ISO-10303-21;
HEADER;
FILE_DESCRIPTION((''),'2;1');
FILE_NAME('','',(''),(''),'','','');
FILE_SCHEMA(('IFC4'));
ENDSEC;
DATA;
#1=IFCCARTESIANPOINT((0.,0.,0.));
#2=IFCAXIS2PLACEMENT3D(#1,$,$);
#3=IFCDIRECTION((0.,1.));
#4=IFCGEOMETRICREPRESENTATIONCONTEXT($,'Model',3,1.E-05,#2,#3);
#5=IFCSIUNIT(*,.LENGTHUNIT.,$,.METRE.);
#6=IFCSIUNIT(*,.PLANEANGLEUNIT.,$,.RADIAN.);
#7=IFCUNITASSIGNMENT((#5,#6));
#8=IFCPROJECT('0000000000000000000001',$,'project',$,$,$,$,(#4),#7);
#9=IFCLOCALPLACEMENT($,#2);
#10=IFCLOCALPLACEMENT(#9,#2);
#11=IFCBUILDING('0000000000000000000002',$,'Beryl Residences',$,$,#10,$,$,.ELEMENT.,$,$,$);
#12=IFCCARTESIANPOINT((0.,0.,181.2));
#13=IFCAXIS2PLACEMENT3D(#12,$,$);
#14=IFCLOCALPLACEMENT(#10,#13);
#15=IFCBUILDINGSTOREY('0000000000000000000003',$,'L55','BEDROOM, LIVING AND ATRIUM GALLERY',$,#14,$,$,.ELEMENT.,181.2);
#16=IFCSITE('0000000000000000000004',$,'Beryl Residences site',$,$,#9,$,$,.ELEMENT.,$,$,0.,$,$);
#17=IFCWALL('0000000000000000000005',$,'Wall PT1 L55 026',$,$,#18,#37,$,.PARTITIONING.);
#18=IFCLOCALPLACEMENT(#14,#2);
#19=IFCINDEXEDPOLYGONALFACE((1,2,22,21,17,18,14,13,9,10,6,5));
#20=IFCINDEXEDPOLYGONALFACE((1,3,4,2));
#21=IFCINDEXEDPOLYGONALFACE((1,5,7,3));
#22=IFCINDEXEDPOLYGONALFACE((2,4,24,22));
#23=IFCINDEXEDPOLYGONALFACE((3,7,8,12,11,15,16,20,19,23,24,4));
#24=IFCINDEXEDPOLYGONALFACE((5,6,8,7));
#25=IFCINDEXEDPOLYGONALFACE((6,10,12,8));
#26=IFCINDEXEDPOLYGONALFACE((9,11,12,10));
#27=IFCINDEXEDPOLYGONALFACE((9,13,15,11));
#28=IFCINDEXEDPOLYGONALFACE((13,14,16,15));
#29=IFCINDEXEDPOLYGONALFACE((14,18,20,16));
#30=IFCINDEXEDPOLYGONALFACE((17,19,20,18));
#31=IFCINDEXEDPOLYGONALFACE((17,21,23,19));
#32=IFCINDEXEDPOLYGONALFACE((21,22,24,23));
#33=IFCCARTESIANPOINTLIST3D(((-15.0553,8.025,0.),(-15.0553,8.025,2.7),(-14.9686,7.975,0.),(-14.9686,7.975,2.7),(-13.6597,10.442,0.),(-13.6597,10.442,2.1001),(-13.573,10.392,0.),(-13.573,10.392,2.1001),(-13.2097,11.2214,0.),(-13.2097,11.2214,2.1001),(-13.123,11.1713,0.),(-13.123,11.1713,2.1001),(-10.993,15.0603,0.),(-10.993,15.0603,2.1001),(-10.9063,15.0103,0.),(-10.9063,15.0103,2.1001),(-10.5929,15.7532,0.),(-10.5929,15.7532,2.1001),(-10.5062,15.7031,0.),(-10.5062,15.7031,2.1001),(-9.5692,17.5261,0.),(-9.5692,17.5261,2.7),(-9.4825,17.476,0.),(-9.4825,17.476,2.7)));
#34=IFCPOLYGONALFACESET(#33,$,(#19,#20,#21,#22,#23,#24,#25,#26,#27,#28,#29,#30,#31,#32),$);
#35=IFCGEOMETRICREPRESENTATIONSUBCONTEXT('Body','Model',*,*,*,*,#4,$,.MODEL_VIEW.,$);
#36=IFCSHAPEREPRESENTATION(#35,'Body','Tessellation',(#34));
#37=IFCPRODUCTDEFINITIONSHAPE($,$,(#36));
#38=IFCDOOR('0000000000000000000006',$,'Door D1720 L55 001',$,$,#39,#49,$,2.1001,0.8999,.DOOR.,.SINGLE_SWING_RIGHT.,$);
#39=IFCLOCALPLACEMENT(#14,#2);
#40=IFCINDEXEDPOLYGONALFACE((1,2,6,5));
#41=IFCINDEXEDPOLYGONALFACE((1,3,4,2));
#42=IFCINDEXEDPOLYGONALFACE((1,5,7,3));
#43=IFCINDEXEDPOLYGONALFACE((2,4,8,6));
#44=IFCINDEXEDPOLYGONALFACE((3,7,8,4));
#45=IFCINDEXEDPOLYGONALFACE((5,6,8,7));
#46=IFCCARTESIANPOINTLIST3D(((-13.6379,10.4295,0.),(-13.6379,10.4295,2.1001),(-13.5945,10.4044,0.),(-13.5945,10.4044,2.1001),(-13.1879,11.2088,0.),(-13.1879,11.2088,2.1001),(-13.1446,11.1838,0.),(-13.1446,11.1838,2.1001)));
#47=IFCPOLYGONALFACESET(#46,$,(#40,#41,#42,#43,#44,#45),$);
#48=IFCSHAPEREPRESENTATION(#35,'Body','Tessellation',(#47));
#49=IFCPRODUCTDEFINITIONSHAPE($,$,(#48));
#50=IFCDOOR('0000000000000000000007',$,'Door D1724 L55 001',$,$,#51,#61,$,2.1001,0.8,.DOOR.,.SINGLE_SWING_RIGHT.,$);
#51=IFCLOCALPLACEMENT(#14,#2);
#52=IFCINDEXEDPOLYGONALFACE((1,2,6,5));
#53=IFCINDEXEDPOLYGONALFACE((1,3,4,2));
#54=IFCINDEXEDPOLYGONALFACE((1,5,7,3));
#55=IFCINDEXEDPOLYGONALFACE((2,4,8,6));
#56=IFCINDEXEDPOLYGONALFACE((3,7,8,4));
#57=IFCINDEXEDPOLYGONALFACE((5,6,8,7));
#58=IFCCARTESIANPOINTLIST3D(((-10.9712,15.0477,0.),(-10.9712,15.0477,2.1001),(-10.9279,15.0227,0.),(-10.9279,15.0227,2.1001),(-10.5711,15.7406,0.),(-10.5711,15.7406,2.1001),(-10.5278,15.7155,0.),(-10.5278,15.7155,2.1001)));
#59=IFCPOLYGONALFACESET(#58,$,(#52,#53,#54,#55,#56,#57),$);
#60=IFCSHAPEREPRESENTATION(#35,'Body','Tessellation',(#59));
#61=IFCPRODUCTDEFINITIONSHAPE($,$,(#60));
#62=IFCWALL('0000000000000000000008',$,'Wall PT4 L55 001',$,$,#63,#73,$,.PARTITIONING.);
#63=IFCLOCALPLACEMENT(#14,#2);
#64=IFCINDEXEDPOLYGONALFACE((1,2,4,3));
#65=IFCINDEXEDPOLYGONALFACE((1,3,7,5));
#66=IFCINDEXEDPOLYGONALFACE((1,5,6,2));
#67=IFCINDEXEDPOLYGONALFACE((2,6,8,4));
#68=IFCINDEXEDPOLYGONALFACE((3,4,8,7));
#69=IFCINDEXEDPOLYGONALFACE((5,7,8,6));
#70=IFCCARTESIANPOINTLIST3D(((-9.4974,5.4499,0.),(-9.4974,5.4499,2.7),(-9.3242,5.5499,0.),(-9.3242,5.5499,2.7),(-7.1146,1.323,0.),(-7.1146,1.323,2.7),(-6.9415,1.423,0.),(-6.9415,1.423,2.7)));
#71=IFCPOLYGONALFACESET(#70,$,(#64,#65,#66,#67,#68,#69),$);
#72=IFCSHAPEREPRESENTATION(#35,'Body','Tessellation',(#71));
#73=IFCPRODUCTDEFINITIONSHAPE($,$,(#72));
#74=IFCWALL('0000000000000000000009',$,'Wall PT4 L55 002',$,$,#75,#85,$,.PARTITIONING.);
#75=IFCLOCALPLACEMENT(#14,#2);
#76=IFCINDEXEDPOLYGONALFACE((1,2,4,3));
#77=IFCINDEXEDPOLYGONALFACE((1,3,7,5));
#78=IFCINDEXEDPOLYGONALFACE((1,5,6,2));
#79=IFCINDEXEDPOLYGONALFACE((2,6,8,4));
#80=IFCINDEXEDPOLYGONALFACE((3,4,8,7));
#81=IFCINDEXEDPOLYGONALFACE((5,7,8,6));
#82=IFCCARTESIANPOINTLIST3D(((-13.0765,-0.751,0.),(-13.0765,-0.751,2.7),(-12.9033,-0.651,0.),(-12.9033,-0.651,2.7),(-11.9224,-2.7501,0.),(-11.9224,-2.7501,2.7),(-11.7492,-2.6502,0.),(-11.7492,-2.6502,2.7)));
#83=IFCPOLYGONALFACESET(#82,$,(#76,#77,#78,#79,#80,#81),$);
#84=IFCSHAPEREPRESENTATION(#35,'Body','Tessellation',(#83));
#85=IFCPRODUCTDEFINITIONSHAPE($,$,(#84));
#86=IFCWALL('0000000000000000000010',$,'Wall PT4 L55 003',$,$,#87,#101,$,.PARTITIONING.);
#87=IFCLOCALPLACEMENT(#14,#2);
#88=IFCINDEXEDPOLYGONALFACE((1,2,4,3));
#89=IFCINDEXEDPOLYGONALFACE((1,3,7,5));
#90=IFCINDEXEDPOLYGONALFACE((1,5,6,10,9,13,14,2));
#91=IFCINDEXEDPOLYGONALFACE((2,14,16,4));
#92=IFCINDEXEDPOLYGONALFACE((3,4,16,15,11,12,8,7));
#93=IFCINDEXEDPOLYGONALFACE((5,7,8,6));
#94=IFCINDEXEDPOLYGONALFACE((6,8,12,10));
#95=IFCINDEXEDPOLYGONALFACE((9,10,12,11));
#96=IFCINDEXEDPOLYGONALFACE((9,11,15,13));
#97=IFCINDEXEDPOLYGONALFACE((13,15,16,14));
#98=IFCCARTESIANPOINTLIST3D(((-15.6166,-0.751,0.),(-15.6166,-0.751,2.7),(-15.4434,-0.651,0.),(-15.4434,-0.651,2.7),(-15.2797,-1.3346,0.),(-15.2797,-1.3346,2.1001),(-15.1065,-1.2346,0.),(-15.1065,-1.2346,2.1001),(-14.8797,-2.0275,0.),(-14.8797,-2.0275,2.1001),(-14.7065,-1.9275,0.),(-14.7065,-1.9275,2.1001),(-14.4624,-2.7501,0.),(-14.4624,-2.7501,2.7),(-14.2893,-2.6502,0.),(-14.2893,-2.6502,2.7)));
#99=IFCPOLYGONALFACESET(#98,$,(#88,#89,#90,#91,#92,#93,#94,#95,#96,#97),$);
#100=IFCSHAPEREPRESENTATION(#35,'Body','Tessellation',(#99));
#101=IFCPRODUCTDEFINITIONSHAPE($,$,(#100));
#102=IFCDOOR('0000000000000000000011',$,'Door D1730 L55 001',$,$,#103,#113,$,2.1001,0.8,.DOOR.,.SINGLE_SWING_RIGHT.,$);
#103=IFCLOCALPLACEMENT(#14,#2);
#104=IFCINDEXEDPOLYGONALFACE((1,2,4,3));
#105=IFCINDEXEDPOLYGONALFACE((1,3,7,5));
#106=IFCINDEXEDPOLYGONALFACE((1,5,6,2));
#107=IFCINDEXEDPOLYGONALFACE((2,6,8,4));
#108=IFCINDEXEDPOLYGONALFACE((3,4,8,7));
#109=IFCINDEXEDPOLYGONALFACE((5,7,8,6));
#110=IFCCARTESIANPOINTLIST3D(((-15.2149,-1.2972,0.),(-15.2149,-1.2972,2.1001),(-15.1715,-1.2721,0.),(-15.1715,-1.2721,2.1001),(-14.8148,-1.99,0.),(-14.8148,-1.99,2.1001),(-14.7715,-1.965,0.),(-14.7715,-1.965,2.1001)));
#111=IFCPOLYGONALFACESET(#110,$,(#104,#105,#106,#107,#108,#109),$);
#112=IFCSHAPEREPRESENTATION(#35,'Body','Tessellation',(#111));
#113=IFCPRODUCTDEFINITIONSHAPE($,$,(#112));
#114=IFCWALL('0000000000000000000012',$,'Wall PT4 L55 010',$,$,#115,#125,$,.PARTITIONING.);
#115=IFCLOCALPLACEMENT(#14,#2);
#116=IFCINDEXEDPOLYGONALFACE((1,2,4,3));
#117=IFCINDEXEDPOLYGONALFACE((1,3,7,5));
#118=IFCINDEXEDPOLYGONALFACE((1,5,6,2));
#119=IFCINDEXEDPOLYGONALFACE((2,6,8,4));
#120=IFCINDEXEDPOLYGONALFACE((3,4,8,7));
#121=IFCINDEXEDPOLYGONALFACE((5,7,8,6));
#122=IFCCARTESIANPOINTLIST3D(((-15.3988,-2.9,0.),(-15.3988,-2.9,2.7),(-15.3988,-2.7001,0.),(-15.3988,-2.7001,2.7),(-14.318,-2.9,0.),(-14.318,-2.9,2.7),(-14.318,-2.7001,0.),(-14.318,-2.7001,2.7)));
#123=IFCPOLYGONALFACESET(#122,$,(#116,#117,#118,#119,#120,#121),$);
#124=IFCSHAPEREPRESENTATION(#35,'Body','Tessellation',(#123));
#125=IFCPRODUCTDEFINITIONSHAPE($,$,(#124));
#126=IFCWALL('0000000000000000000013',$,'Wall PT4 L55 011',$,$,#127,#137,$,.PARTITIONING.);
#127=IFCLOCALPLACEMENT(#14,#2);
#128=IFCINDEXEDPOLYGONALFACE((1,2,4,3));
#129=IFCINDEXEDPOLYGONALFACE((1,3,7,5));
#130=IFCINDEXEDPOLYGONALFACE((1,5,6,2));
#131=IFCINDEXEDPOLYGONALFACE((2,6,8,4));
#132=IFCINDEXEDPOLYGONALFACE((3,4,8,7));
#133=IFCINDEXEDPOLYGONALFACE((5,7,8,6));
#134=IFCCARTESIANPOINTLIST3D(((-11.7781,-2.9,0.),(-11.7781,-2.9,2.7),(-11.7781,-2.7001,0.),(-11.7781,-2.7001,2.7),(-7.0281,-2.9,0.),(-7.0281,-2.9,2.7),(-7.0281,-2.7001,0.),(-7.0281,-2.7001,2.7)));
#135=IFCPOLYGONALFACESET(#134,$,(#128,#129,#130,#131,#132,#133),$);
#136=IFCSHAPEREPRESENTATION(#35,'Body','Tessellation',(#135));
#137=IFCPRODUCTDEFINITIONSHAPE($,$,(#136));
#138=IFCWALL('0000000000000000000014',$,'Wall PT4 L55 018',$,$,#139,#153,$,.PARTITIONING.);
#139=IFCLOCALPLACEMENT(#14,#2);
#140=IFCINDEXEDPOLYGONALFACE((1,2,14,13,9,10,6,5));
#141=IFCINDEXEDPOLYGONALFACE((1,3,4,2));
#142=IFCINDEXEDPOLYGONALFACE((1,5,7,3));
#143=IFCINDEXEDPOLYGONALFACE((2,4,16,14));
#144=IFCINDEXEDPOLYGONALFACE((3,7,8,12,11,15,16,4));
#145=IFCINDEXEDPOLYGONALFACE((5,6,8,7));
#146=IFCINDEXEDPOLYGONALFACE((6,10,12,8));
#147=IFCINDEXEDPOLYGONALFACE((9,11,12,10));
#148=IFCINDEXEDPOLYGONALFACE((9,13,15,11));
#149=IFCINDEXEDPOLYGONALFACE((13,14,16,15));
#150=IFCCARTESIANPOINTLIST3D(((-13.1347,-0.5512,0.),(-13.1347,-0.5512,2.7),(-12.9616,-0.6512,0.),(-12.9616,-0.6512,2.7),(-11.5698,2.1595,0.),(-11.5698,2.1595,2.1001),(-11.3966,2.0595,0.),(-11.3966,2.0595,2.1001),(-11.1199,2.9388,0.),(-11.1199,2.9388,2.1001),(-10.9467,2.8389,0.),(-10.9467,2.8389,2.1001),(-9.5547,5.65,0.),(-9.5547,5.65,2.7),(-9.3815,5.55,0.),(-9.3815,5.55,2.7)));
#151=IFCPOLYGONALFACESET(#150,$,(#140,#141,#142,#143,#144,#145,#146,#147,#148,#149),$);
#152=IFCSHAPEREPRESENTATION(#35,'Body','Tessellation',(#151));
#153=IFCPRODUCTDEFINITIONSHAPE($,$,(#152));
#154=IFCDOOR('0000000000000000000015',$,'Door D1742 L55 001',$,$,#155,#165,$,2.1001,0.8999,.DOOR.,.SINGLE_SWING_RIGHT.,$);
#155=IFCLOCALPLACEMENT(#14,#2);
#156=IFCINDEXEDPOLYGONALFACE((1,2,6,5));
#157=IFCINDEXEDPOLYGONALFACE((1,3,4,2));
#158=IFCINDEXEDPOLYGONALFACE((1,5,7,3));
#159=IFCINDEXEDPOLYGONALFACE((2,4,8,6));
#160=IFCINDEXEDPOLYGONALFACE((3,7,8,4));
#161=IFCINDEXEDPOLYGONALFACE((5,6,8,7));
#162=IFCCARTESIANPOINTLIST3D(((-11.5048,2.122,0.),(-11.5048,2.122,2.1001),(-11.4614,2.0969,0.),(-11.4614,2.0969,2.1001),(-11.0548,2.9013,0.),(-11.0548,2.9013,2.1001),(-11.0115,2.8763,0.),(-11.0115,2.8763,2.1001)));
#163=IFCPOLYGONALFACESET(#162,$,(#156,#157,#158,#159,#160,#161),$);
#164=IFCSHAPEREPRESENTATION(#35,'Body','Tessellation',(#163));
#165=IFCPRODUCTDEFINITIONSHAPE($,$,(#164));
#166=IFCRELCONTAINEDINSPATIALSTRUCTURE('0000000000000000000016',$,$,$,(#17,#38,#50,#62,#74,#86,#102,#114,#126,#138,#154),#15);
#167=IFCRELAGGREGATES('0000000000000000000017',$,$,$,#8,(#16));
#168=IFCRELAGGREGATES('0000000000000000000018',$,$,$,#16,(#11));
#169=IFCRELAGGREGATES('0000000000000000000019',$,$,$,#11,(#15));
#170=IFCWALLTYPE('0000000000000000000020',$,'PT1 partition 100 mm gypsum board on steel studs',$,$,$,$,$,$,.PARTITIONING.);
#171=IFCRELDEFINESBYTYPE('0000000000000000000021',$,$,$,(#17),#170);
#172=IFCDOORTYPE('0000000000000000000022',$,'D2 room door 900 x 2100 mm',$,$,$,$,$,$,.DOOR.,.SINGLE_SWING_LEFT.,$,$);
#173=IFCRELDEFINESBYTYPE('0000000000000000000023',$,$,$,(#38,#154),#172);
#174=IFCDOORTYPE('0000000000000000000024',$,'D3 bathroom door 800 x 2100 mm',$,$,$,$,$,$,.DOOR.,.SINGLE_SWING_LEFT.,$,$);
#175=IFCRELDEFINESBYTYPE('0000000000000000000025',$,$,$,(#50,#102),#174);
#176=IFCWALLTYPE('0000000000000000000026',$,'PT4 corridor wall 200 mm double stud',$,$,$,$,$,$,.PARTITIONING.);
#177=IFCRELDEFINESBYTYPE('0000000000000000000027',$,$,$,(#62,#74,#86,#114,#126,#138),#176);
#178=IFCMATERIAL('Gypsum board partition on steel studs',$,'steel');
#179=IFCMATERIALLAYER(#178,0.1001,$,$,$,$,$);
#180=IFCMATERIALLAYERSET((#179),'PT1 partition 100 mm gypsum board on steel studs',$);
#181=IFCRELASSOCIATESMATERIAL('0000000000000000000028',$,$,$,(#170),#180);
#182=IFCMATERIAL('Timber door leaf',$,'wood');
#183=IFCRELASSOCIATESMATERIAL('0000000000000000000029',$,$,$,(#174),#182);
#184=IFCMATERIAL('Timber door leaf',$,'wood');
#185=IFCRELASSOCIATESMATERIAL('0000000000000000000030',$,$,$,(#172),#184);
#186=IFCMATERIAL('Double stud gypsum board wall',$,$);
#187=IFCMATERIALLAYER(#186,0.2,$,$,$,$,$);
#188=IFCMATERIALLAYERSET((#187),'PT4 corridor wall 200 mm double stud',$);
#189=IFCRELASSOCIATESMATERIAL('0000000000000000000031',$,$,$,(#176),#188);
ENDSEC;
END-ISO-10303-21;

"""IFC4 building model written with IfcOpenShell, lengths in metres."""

from ifc_helpers import new_model, si_unit, direction, frame, frame_2d, origin, place, context, subcontext, project, spatial, rectangle, extrude, material, layer, layer_set, type_object, element, fill, save


model = new_model("IFC4")

# Units and contexts
model_context = context("Model", 3, precision=1e-05, world=origin(), true_north=direction((0.0, 1.0)))
body_context = subcontext(model_context, "Body", "Model", "MODEL_VIEW")
ifc_project = project(units=[si_unit("LENGTHUNIT", "METRE"), si_unit("PLANEANGLEUNIT", "RADIAN")], contexts=[model_context])

# Site, building, storey
site_placement = place(None, origin())
site = spatial("IfcSite", under=ifc_project, at=site_placement, Name="Beryl Residences site", CompositionType="ELEMENT", RefElevation=0.0)
building_placement = place(site_placement, origin())
building = spatial("IfcBuilding", under=site, at=building_placement, Name="Beryl Residences", CompositionType="ELEMENT")
storey_placement = place(building_placement, frame((0.0, 0.0, 181.2)))
storey = spatial("IfcBuildingStorey", under=building, at=storey_placement, Name="L55", Description="BEDROOM, LIVING AND ATRIUM GALLERY", CompositionType="ELEMENT", Elevation=181.2)

# Shared definitions
ifc_material_1 = material(Name="Gypsum board partition on steel studs", Category="steel")
ifc_layer_1 = layer(ifc_material_1, 0.1001)
ifc_layer_set_1 = layer_set([ifc_layer_1], Name="PT1 partition 100 mm gypsum board on steel studs")
wall_type_1 = type_object("IfcWallType", Name="PT1 partition 100 mm gypsum board on steel studs", PredefinedType="PARTITIONING", material=ifc_layer_set_1)
ifc_material_2 = material(Name="Timber door leaf", Category="wood")
door_type_1 = type_object("IfcDoorType", Name="D3 bathroom door 800 x 2100 mm", OperationType="SINGLE_SWING_LEFT", PredefinedType="DOOR", material=ifc_material_2)
ifc_material_3 = material(Name="Timber door leaf", Category="wood")
door_type_2 = type_object("IfcDoorType", Name="D2 room door 900 x 2100 mm", OperationType="SINGLE_SWING_LEFT", PredefinedType="DOOR", material=ifc_material_3)

# Wall, openings, doors
wall_1_placement = place(storey_placement, frame((-15.012, 8.0, 0.0), z_axis=(0.0, 0.0, 1.0), x_axis=(0.500047, 0.865998, 0.0)))
wall_1 = element("IfcWall", 1, at=wall_1_placement, inside=storey, type_object=wall_type_1, Name="Wall PT1 L55 026", PredefinedType="PARTITIONING", context=body_context, shape_type="SweptSolid", body=[
    extrude(rectangle(XDim=10.9712, YDim=0.1001, at=frame_2d((5.4856, 0.0))), origin(), (0.0, 0.0, 1.0), 2.7),
])
opening_1_placement = place(wall_1_placement, frame((2.791, 0.0, 0.0)))
opening_1 = element("IfcOpeningElement", 2, at=opening_1_placement, cuts=wall_1, PredefinedType="OPENING", context=body_context, shape_type="SweptSolid", body=[
    extrude(rectangle(XDim=0.8999, YDim=2.1001, at=frame_2d((0.45, 1.05))), frame((0.0, 0.0601, 0.0), z_axis=(0.0, -1.0, 0.0), x_axis=(1.0, 0.0, 0.0)), (0.0, 0.0, 1.0), 0.1201),
])
opening_2_placement = place(wall_1_placement, frame((8.124, 0.0, 0.0)))
opening_2 = element("IfcOpeningElement", 3, at=opening_2_placement, cuts=wall_1, PredefinedType="OPENING", context=body_context, shape_type="SweptSolid", body=[
    extrude(rectangle(XDim=0.8, YDim=2.1001, at=frame_2d((0.3999, 1.05))), frame((0.0, 0.0601, 0.0), z_axis=(0.0, -1.0, 0.0), x_axis=(1.0, 0.0, 0.0)), (0.0, 0.0, 1.0), 0.1201),
])
door_1_placement = place(opening_1_placement, origin())
door_1 = element("IfcDoor", 4, at=door_1_placement, inside=storey, type_object=door_type_2, Name="Door D1720 L55 001", OperationType="SINGLE_SWING_RIGHT", OverallHeight=2.1001, OverallWidth=0.8999, PredefinedType="DOOR", context=body_context, shape_type="SweptSolid", body=[
    extrude(rectangle(XDim=0.8999, YDim=2.1001, at=frame_2d((0.45, 1.05))), frame((0.0, 0.0249, 0.0), z_axis=(0.0, -1.0, 0.0), x_axis=(1.0, 0.0, 0.0)), (0.0, 0.0, 1.0), 0.05),
])
fill(opening_1, door_1)
door_2_placement = place(opening_2_placement, origin())
door_2 = element("IfcDoor", 5, at=door_2_placement, inside=storey, type_object=door_type_1, Name="Door D1724 L55 001", OperationType="SINGLE_SWING_RIGHT", OverallHeight=2.1001, OverallWidth=0.8, PredefinedType="DOOR", context=body_context, shape_type="SweptSolid", body=[
    extrude(rectangle(XDim=0.8, YDim=2.1001, at=frame_2d((0.3999, 1.05))), frame((0.0, 0.0249, 0.0), z_axis=(0.0, -1.0, 0.0), x_axis=(1.0, 0.0, 0.0)), (0.0, 0.0, 1.0), 0.05),
])
fill(opening_2, door_2)

# Walls
ifc_material_4 = material(Name="Double stud gypsum board wall")
ifc_layer_2 = layer(ifc_material_4, 0.2)
ifc_layer_set_2 = layer_set([ifc_layer_2], Name="PT4 corridor wall 200 mm double stud")
wall_type_2 = type_object("IfcWallType", Name="PT4 corridor wall 200 mm double stud", PredefinedType="PARTITIONING", material=ifc_layer_set_2)
wall_2_placement = place(storey_placement, frame((-9.4109, 5.5, 0.0), z_axis=(0.0, 0.0, 1.0), x_axis=(0.500018, -0.866015, 0.0)))
element("IfcWall", 6, at=wall_2_placement, inside=storey, type_object=wall_type_2, Name="Wall PT4 L55 001", PredefinedType="PARTITIONING", context=body_context, shape_type="SweptSolid", body=[
    extrude(rectangle(XDim=4.7654, YDim=0.2, at=frame_2d((2.3828, 0.0))), origin(), (0.0, 0.0, 1.0), 2.7),
])
wall_3_placement = place(storey_placement, frame((-12.99, -0.7009, 0.0), z_axis=(0.0, 0.0, 1.0), x_axis=(0.499973, -0.866041, 0.0)))
element("IfcWall", 7, at=wall_3_placement, inside=storey, type_object=wall_type_2, Name="Wall PT4 L55 002", PredefinedType="PARTITIONING", context=body_context, shape_type="SweptSolid", body=[
    extrude(rectangle(XDim=2.3083, YDim=0.2, at=frame_2d((1.1543, 0.0))), origin(), (0.0, 0.0, 1.0), 2.7),
])

# Wall, opening, door
wall_4_placement = place(storey_placement, frame((-15.53, -0.7009, 0.0), z_axis=(0.0, 0.0, 1.0), x_axis=(0.499973, -0.866041, 0.0)))
wall_4 = element("IfcWall", 8, at=wall_4_placement, inside=storey, type_object=wall_type_2, Name="Wall PT4 L55 003", PredefinedType="PARTITIONING", context=body_context, shape_type="SweptSolid", body=[
    extrude(rectangle(XDim=2.3083, YDim=0.2, at=frame_2d((1.1543, 0.0))), origin(), (0.0, 0.0, 1.0), 2.7),
])
opening_3_placement = place(wall_4_placement, frame((0.6741, 0.0, 0.0)))
opening_3 = element("IfcOpeningElement", 9, at=opening_3_placement, cuts=wall_4, PredefinedType="OPENING", context=body_context, shape_type="SweptSolid", body=[
    extrude(rectangle(XDim=0.8, YDim=2.1001, at=frame_2d((0.3999, 1.05))), frame((0.0, 0.1099, 0.0), z_axis=(0.0, -1.0, 0.0), x_axis=(1.0, 0.0, 0.0)), (0.0, 0.0, 1.0), 0.22),
])
door_3_placement = place(opening_3_placement, origin())
door_3 = element("IfcDoor", 10, at=door_3_placement, inside=storey, type_object=door_type_1, Name="Door D1730 L55 001", OperationType="SINGLE_SWING_RIGHT", OverallHeight=2.1001, OverallWidth=0.8, PredefinedType="DOOR", context=body_context, shape_type="SweptSolid", body=[
    extrude(rectangle(XDim=0.8, YDim=2.1001, at=frame_2d((0.3999, 1.05))), frame((0.0, 0.0249, 0.0), z_axis=(0.0, -1.0, 0.0), x_axis=(1.0, 0.0, 0.0)), (0.0, 0.0, 1.0), 0.05),
])
fill(opening_3, door_3)

# Walls
wall_5_placement = place(storey_placement, frame((-15.3989, -2.8, 0.0), z_axis=(0.0, 0.0, 1.0), x_axis=(1.0, 0.0, 0.0)))
element("IfcWall", 11, at=wall_5_placement, inside=storey, type_object=wall_type_2, Name="Wall PT4 L55 010", PredefinedType="PARTITIONING", context=body_context, shape_type="SweptSolid", body=[
    extrude(rectangle(XDim=1.0808, YDim=0.2, at=frame_2d((0.5405, 0.0))), origin(), (0.0, 0.0, 1.0), 2.7),
])
wall_6_placement = place(storey_placement, frame((-11.7781, -2.8, 0.0), z_axis=(0.0, 0.0, 1.0), x_axis=(1.0, 0.0, 0.0)))
element("IfcWall", 12, at=wall_6_placement, inside=storey, type_object=wall_type_2, Name="Wall PT4 L55 011", PredefinedType="PARTITIONING", context=body_context, shape_type="SweptSolid", body=[
    extrude(rectangle(XDim=4.75, YDim=0.2, at=frame_2d((2.375, 0.0))), origin(), (0.0, 0.0, 1.0), 2.7),
])

# Wall, opening, door
wall_7_placement = place(storey_placement, frame((-13.0481, -0.6011, 0.0), z_axis=(0.0, 0.0, 1.0), x_axis=(0.499982, 0.866036, 0.0)))
wall_7 = element("IfcWall", 13, at=wall_7_placement, inside=storey, type_object=wall_type_2, Name="Wall PT4 L55 018", PredefinedType="PARTITIONING", context=body_context, shape_type="SweptSolid", body=[
    extrude(rectangle(XDim=7.1604, YDim=0.2, at=frame_2d((3.5801, 0.0))), origin(), (0.0, 0.0, 1.0), 2.7),
])
opening_4_placement = place(wall_7_placement, frame((3.1299, 0.0, 0.0)))
opening_4 = element("IfcOpeningElement", 14, at=opening_4_placement, cuts=wall_7, PredefinedType="OPENING", context=body_context, shape_type="SweptSolid", body=[
    extrude(rectangle(XDim=0.8999, YDim=2.1001, at=frame_2d((0.45, 1.05))), frame((0.0, 0.1099, 0.0), z_axis=(0.0, -1.0, 0.0), x_axis=(1.0, 0.0, 0.0)), (0.0, 0.0, 1.0), 0.22),
])
door_4_placement = place(opening_4_placement, origin())
door_4 = element("IfcDoor", 15, at=door_4_placement, inside=storey, type_object=door_type_2, Name="Door D1742 L55 001", OperationType="SINGLE_SWING_RIGHT", OverallHeight=2.1001, OverallWidth=0.8999, PredefinedType="DOOR", context=body_context, shape_type="SweptSolid", body=[
    extrude(rectangle(XDim=0.8999, YDim=2.1001, at=frame_2d((0.45, 1.05))), frame((0.0, 0.0249, 0.0), z_axis=(0.0, -1.0, 0.0), x_axis=(1.0, 0.0, 0.0)), (0.0, 0.0, 1.0), 0.05),
])
fill(opening_4, door_4)

save(model, "model.ifc")
